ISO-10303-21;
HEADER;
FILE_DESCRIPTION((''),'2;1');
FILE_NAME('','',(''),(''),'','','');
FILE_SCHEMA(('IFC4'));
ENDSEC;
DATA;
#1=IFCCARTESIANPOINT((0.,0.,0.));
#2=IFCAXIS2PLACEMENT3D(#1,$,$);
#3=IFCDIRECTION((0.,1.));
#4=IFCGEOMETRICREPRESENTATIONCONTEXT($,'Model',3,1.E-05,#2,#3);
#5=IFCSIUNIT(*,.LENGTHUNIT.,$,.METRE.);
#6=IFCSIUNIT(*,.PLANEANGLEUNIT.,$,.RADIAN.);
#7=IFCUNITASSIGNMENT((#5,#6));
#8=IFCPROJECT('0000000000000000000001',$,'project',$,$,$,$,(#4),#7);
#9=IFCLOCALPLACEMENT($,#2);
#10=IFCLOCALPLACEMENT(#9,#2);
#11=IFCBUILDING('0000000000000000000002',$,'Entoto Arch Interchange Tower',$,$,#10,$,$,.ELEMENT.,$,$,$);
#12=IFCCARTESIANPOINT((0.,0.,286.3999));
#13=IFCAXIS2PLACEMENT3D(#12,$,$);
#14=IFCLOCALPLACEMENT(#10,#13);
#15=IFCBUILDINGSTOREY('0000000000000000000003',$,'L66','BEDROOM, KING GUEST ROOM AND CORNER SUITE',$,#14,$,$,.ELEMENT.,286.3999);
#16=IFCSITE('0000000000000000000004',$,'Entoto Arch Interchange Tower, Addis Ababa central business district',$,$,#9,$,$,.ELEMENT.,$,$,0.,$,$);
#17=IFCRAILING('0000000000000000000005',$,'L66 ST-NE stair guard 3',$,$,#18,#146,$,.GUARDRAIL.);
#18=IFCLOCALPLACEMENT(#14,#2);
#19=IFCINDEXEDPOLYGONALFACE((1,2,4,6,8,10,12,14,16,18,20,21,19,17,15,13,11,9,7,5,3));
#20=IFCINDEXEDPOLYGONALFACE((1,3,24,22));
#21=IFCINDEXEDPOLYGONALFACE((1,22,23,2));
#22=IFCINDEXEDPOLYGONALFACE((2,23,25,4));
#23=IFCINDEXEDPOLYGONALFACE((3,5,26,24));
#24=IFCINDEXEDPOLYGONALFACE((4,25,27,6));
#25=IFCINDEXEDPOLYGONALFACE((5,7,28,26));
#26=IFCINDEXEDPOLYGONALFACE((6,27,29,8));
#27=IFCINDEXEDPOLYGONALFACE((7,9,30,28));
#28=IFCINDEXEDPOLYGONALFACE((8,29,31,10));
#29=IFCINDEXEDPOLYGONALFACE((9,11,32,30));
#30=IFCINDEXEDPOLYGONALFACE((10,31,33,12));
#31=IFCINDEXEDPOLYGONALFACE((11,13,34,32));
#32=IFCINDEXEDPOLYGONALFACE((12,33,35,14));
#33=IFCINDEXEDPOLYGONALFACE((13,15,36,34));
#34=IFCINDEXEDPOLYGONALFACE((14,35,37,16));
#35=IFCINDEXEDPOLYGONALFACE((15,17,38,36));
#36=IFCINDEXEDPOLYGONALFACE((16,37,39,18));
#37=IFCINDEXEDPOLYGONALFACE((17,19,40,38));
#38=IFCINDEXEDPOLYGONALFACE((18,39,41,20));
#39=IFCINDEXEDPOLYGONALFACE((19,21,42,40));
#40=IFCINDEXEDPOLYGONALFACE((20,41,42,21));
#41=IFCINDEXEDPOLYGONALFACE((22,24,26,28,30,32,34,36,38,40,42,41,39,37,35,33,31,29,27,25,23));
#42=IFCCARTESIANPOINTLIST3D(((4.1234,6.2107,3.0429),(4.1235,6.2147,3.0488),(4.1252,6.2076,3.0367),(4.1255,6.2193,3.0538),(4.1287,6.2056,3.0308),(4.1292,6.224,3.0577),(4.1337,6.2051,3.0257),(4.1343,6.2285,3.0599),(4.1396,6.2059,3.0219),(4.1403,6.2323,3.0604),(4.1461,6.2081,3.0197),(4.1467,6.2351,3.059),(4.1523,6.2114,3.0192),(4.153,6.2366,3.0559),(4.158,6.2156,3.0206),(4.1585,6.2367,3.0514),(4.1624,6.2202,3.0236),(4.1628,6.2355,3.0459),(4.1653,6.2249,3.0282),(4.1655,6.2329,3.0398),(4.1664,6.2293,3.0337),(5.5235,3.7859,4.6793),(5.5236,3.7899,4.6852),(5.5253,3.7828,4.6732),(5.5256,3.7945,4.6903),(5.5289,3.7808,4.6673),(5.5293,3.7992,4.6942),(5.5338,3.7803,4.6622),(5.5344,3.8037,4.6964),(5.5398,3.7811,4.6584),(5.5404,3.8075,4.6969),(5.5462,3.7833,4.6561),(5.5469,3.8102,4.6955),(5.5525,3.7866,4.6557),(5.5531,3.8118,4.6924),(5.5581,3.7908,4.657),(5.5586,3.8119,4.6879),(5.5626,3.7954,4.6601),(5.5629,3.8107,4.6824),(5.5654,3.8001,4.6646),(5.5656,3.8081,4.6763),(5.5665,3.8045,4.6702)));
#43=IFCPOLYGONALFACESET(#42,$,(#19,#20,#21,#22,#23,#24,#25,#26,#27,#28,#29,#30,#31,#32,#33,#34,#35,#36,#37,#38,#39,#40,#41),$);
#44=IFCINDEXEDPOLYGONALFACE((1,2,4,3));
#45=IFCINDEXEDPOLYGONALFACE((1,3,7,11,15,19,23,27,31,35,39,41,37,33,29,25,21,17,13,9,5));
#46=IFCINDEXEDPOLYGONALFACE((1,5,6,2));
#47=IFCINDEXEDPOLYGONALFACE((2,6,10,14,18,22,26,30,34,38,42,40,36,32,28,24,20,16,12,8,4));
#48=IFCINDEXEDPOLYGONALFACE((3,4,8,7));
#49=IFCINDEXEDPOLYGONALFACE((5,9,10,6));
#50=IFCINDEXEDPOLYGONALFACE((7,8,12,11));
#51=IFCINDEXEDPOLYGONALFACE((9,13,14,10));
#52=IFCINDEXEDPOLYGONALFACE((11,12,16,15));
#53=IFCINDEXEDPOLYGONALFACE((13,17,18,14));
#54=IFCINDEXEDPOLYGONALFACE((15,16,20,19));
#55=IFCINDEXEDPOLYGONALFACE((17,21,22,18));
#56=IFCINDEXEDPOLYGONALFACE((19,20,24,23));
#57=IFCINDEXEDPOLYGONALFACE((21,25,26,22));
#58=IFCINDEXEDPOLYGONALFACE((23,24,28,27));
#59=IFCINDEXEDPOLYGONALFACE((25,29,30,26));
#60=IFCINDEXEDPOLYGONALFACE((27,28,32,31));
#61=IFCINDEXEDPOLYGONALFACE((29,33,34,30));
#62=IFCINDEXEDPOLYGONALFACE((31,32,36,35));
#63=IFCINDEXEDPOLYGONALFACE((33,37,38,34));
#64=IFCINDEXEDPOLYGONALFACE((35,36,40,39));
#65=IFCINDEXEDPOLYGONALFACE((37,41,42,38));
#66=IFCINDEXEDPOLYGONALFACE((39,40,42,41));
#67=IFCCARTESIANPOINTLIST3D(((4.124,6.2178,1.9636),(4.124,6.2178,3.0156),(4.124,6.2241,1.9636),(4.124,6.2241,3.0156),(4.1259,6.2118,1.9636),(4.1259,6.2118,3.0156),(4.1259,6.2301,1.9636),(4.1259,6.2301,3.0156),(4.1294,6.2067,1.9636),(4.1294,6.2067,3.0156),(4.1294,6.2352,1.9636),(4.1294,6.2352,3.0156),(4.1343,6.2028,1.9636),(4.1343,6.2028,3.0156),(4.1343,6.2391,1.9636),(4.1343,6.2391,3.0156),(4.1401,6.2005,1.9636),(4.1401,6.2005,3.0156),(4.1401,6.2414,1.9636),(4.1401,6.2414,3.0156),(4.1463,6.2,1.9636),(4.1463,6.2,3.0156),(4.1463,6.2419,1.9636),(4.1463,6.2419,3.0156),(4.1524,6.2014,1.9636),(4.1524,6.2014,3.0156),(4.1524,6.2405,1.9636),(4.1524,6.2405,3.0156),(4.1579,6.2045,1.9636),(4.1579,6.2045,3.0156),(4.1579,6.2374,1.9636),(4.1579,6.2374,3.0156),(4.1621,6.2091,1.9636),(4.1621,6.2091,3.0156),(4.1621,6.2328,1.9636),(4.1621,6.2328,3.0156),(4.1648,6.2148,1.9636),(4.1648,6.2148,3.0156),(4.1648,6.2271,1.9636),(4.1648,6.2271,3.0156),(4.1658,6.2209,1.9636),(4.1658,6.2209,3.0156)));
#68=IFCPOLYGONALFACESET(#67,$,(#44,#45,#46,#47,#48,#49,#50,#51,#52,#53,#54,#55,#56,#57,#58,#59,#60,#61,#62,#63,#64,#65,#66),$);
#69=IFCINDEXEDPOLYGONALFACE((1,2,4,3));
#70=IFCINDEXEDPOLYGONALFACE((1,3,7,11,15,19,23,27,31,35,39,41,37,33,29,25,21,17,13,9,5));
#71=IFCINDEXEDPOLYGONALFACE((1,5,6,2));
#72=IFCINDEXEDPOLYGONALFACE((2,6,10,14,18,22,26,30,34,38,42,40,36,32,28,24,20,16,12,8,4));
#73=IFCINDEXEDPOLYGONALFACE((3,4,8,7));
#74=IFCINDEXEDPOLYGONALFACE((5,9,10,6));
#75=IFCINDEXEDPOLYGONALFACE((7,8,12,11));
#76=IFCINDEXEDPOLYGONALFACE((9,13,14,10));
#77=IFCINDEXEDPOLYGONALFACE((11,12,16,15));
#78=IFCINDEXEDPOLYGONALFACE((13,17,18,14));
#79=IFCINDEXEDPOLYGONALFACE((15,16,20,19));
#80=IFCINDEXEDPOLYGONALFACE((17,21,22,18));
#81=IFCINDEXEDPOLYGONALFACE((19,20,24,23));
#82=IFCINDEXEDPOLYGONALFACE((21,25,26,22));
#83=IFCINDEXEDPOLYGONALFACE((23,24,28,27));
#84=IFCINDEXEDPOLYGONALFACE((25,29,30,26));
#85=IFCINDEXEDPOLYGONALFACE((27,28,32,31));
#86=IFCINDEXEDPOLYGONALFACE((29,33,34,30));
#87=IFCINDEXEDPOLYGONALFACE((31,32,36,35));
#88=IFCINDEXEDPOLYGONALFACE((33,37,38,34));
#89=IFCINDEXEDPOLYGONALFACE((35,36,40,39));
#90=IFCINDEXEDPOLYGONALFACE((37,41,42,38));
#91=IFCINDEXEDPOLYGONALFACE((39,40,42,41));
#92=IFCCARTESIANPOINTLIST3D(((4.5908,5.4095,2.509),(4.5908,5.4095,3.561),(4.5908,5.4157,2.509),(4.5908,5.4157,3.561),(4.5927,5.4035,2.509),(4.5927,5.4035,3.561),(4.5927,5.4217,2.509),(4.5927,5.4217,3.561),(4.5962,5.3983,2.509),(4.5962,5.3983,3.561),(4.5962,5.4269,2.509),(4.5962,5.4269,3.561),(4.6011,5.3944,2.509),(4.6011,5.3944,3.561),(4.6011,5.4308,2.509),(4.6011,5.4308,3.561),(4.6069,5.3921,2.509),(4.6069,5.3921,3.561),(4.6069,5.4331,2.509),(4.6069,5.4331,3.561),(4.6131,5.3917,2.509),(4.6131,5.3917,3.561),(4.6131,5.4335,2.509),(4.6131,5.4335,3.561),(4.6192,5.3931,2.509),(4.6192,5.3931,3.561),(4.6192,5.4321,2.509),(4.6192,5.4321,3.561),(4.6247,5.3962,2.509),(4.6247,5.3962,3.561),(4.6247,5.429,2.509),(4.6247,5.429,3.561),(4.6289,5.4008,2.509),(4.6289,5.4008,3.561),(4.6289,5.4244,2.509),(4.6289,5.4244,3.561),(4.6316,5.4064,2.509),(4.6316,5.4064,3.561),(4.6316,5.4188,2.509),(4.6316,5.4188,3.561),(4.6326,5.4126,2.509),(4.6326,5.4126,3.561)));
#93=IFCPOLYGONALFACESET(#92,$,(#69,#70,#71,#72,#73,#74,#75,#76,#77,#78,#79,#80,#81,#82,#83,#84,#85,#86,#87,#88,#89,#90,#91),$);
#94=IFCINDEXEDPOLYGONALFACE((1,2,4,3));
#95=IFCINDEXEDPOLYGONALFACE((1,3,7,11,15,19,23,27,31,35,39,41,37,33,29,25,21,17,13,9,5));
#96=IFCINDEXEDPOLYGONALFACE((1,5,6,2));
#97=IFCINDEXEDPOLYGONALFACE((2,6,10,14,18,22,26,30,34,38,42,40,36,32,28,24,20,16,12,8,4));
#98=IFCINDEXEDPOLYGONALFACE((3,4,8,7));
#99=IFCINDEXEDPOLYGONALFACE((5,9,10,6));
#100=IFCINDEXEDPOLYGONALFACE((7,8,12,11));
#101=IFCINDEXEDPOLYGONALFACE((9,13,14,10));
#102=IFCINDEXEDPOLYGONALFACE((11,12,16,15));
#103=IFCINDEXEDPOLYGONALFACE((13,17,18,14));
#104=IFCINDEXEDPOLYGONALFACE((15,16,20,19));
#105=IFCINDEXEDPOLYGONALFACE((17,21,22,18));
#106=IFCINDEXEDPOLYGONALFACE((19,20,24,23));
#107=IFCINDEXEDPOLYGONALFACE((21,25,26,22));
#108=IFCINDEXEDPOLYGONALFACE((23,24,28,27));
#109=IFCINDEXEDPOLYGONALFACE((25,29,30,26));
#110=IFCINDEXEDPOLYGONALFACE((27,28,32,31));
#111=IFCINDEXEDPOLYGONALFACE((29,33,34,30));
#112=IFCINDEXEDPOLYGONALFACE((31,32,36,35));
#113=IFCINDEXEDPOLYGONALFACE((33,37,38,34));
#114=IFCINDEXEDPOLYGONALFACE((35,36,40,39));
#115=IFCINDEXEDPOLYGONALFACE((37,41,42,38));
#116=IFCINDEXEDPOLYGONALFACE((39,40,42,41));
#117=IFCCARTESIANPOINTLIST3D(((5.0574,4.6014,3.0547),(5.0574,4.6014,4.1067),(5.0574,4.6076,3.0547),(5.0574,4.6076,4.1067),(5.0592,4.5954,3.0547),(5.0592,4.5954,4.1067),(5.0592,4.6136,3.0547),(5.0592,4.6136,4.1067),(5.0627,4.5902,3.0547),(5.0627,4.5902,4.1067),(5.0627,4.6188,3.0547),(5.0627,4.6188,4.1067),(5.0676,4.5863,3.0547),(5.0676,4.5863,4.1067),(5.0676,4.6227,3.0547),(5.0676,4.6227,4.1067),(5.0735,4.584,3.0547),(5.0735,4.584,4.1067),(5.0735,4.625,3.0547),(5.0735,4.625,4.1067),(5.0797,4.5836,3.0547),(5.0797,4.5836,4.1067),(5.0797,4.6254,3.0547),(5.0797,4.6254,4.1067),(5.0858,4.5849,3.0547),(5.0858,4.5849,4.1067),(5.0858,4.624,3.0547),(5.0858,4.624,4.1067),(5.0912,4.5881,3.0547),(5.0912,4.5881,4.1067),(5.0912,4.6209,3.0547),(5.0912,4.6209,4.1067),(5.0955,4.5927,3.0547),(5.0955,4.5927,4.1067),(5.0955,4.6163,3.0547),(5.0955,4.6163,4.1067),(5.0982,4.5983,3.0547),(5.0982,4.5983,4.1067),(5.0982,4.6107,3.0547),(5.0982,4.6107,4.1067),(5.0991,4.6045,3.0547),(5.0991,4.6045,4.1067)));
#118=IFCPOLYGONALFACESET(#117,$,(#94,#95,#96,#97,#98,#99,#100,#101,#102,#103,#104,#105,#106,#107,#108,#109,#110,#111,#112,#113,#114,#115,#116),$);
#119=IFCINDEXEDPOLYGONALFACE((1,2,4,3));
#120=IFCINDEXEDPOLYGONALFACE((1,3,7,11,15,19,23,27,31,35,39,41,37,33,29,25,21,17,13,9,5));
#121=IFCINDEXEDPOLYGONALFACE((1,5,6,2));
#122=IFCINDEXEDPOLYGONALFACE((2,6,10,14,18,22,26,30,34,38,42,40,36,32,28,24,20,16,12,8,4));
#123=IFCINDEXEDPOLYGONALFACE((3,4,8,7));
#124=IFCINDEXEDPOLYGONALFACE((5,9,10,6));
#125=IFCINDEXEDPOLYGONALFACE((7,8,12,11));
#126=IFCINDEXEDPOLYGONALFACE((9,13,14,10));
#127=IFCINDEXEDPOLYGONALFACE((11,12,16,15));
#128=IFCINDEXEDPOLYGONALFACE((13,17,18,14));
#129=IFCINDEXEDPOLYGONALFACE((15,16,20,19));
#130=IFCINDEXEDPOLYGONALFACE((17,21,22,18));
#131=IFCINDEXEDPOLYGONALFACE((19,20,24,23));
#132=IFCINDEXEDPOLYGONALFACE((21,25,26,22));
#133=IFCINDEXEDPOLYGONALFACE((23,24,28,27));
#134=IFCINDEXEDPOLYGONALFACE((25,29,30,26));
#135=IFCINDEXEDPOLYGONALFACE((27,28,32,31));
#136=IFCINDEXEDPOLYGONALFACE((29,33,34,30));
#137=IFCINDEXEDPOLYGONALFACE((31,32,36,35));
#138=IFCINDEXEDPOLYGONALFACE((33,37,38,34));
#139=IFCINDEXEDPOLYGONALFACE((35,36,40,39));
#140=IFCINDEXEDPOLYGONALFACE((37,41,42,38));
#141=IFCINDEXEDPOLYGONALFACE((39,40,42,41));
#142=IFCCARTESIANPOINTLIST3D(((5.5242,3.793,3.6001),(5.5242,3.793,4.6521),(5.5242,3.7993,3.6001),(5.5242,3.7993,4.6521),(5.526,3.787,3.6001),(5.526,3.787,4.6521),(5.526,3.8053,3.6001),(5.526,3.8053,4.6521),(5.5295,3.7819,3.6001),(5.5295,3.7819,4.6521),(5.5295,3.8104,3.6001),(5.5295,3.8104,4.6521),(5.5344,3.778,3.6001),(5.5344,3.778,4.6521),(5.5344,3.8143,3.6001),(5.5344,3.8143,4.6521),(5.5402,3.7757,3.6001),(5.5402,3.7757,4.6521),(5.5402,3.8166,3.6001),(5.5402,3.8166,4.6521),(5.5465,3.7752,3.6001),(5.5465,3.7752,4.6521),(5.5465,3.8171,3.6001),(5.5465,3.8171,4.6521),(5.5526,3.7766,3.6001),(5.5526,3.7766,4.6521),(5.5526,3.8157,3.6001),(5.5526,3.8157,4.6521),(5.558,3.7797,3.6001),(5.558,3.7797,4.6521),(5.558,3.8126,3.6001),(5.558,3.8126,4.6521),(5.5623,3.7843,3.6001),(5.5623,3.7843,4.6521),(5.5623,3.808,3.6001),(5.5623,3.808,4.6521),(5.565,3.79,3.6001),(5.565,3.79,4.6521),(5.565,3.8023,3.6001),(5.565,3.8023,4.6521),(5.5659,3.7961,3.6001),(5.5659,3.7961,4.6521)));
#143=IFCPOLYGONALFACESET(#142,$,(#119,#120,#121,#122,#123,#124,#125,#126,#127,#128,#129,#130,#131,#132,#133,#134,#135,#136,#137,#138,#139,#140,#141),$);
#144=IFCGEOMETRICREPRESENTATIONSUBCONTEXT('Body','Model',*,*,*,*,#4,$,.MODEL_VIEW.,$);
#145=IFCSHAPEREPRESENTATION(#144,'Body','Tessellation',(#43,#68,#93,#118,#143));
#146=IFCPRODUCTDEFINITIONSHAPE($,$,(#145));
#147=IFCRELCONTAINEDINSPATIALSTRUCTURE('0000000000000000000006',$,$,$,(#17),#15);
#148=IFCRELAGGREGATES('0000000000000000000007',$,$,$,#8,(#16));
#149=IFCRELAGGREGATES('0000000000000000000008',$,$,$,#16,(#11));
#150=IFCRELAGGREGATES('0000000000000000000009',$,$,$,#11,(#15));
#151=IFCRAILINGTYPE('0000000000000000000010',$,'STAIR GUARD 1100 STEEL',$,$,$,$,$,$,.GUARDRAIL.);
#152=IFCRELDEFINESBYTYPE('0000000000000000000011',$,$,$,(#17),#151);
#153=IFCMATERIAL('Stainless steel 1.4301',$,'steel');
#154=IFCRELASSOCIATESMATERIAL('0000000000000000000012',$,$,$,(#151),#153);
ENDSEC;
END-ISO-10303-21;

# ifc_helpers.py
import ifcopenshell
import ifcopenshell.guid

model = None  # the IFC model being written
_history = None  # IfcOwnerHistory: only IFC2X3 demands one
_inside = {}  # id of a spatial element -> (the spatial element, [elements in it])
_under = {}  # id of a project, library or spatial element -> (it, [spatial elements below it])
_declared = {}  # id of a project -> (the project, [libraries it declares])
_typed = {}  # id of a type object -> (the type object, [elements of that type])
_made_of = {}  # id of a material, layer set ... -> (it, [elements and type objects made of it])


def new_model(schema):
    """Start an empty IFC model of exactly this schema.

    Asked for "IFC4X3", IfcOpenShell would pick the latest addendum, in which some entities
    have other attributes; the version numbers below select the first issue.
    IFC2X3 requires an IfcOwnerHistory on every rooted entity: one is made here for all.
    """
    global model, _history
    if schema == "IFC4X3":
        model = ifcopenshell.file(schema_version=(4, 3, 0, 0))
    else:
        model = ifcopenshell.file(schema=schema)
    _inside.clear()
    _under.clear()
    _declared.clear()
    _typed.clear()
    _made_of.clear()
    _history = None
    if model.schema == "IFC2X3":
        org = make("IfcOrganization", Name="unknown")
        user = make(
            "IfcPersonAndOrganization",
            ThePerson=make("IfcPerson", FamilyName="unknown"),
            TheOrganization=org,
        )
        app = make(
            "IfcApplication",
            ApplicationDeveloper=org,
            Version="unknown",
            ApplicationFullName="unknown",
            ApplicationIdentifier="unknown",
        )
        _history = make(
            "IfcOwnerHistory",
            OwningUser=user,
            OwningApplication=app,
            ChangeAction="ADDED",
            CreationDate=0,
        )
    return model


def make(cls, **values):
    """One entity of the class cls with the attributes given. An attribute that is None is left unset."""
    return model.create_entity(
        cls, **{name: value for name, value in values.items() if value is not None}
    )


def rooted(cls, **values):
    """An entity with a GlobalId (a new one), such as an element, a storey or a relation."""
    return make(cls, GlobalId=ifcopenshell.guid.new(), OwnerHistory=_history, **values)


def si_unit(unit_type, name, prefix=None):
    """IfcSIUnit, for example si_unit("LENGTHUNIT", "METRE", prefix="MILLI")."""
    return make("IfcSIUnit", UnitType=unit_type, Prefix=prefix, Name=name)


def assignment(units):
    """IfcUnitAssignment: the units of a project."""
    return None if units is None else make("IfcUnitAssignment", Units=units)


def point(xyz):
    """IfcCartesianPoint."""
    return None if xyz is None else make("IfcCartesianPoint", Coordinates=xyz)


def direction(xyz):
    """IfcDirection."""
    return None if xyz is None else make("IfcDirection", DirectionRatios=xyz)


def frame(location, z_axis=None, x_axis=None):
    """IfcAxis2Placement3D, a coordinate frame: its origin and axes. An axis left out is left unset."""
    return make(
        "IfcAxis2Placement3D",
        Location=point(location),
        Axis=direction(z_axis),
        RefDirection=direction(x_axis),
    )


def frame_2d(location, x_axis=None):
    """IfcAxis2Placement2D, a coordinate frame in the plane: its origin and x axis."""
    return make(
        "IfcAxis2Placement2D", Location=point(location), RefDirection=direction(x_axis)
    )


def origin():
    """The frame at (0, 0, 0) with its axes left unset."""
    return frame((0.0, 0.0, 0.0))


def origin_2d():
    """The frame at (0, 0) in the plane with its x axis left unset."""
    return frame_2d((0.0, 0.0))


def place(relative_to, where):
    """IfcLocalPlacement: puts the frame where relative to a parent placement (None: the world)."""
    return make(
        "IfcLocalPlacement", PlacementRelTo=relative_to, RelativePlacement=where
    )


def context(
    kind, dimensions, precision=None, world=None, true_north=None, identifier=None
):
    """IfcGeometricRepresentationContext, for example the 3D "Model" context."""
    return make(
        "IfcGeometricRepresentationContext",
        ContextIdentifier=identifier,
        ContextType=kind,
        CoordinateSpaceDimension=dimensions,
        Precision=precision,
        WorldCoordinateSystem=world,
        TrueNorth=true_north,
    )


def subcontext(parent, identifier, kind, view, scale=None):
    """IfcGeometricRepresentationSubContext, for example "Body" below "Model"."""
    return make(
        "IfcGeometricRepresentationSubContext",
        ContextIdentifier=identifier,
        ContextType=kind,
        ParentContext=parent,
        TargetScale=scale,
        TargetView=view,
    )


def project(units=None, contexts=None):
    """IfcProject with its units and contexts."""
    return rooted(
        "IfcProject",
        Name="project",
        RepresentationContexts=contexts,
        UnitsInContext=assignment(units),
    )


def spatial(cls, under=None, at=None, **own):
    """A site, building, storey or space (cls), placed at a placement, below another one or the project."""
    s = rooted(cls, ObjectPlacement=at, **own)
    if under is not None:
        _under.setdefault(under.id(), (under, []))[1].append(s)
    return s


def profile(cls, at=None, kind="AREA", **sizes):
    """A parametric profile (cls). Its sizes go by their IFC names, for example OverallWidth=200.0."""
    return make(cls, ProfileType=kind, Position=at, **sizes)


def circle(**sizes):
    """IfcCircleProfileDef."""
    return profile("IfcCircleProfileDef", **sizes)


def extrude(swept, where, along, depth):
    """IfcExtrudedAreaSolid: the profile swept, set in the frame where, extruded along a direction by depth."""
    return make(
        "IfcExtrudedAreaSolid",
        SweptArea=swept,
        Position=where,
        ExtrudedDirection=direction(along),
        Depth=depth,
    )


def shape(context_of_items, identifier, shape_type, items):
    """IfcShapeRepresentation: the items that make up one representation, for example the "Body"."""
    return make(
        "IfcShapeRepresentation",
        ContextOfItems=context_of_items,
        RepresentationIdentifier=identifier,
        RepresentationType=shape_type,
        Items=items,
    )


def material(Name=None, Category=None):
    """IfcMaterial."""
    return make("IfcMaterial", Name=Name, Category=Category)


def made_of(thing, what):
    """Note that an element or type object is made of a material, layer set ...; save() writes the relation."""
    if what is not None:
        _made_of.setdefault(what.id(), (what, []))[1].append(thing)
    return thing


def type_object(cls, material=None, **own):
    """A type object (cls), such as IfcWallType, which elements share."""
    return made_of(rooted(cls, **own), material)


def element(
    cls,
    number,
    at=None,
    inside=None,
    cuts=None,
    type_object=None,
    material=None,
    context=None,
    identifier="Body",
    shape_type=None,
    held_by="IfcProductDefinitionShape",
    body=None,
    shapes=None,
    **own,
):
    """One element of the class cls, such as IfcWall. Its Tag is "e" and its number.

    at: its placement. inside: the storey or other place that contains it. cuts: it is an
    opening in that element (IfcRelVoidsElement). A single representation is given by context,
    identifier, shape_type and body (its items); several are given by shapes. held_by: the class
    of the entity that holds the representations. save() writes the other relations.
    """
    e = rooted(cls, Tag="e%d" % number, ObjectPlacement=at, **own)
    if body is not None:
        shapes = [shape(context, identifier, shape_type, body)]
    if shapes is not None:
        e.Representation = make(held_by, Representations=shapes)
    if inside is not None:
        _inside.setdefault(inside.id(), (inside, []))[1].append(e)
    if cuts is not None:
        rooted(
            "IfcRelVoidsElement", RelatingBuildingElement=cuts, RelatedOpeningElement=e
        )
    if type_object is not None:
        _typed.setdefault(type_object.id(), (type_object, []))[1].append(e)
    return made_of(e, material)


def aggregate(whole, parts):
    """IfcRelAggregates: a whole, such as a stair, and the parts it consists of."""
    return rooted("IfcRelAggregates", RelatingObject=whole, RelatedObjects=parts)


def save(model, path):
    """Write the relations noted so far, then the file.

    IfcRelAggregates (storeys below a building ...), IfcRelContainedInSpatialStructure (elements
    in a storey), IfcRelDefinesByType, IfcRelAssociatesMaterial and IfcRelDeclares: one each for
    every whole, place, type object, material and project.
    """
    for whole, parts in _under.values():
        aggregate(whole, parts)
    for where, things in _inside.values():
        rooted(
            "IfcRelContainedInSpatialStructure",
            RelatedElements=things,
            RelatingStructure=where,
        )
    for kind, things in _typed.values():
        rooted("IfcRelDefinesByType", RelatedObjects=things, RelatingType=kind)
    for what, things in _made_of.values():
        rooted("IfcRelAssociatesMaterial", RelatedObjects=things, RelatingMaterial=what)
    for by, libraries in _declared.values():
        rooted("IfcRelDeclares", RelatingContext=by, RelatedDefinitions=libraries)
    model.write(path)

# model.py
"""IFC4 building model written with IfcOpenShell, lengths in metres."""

from ifc_helpers import new_model, si_unit, direction, frame, origin, origin_2d, place, context, subcontext, project, spatial, circle, extrude, material, type_object, element, save


model = new_model("IFC4")

# Units and contexts
model_context = context("Model", 3, precision=1e-05, world=origin(), true_north=direction((0.0, 1.0)))
body_context = subcontext(model_context, "Body", "Model", "MODEL_VIEW")
ifc_project = project(units=[si_unit("LENGTHUNIT", "METRE"), si_unit("PLANEANGLEUNIT", "RADIAN")], contexts=[model_context])

# Site, building, storey
site_placement = place(None, origin())
site = spatial("IfcSite", under=ifc_project, at=site_placement, Name="Entoto Arch Interchange Tower, Addis Ababa central business district", CompositionType="ELEMENT", RefElevation=0.0)
building_placement = place(site_placement, origin())
building = spatial("IfcBuilding", under=site, at=building_placement, Name="Entoto Arch Interchange Tower", CompositionType="ELEMENT")
storey_placement = place(building_placement, frame((0.0, 0.0, 286.3999)))
storey = spatial("IfcBuildingStorey", under=building, at=storey_placement, Name="L66", Description="BEDROOM, KING GUEST ROOM AND CORNER SUITE", CompositionType="ELEMENT", Elevation=286.3999)

# Railing
ifc_material_1 = material(Name="Stainless steel 1.4301", Category="steel")
railing_type_1 = type_object("IfcRailingType", Name="STAIR GUARD 1100 STEEL", PredefinedType="GUARDRAIL", material=ifc_material_1)
railing_1_placement = place(storey_placement, frame((4.1448, 6.2209, 1.9636)))
element("IfcRailing", 1, at=railing_1_placement, inside=storey, type_object=railing_type_1, Name="L66 ST-NE stair guard 3", PredefinedType="GUARDRAIL", context=body_context, shape_type="SweptSolid", body=[
    extrude(circle(Radius=0.0239, at=origin_2d()), frame((0.0, 0.0, 1.0762), z_axis=(0.431722, -0.747666, 0.504591), x_axis=(0.865997, 0.50005, 0.0)), (0.0, 0.0, 1.0), 3.2432),
    extrude(circle(Radius=0.021, at=origin_2d()), origin(), (0.0, 0.0, 1.0), 1.052),
    extrude(circle(Radius=0.021, at=origin_2d()), frame((0.4668, -0.8083, 0.5454)), (0.0, 0.0, 1.0), 1.052),
    extrude(circle(Radius=0.021, at=origin_2d()), frame((0.9333, -1.6165, 1.0911)), (0.0, 0.0, 1.0), 1.052),
    extrude(circle(Radius=0.021, at=origin_2d()), frame((1.4001, -2.4248, 1.6365)), (0.0, 0.0, 1.0), 1.052),
])

save(model, "model.ifc")
